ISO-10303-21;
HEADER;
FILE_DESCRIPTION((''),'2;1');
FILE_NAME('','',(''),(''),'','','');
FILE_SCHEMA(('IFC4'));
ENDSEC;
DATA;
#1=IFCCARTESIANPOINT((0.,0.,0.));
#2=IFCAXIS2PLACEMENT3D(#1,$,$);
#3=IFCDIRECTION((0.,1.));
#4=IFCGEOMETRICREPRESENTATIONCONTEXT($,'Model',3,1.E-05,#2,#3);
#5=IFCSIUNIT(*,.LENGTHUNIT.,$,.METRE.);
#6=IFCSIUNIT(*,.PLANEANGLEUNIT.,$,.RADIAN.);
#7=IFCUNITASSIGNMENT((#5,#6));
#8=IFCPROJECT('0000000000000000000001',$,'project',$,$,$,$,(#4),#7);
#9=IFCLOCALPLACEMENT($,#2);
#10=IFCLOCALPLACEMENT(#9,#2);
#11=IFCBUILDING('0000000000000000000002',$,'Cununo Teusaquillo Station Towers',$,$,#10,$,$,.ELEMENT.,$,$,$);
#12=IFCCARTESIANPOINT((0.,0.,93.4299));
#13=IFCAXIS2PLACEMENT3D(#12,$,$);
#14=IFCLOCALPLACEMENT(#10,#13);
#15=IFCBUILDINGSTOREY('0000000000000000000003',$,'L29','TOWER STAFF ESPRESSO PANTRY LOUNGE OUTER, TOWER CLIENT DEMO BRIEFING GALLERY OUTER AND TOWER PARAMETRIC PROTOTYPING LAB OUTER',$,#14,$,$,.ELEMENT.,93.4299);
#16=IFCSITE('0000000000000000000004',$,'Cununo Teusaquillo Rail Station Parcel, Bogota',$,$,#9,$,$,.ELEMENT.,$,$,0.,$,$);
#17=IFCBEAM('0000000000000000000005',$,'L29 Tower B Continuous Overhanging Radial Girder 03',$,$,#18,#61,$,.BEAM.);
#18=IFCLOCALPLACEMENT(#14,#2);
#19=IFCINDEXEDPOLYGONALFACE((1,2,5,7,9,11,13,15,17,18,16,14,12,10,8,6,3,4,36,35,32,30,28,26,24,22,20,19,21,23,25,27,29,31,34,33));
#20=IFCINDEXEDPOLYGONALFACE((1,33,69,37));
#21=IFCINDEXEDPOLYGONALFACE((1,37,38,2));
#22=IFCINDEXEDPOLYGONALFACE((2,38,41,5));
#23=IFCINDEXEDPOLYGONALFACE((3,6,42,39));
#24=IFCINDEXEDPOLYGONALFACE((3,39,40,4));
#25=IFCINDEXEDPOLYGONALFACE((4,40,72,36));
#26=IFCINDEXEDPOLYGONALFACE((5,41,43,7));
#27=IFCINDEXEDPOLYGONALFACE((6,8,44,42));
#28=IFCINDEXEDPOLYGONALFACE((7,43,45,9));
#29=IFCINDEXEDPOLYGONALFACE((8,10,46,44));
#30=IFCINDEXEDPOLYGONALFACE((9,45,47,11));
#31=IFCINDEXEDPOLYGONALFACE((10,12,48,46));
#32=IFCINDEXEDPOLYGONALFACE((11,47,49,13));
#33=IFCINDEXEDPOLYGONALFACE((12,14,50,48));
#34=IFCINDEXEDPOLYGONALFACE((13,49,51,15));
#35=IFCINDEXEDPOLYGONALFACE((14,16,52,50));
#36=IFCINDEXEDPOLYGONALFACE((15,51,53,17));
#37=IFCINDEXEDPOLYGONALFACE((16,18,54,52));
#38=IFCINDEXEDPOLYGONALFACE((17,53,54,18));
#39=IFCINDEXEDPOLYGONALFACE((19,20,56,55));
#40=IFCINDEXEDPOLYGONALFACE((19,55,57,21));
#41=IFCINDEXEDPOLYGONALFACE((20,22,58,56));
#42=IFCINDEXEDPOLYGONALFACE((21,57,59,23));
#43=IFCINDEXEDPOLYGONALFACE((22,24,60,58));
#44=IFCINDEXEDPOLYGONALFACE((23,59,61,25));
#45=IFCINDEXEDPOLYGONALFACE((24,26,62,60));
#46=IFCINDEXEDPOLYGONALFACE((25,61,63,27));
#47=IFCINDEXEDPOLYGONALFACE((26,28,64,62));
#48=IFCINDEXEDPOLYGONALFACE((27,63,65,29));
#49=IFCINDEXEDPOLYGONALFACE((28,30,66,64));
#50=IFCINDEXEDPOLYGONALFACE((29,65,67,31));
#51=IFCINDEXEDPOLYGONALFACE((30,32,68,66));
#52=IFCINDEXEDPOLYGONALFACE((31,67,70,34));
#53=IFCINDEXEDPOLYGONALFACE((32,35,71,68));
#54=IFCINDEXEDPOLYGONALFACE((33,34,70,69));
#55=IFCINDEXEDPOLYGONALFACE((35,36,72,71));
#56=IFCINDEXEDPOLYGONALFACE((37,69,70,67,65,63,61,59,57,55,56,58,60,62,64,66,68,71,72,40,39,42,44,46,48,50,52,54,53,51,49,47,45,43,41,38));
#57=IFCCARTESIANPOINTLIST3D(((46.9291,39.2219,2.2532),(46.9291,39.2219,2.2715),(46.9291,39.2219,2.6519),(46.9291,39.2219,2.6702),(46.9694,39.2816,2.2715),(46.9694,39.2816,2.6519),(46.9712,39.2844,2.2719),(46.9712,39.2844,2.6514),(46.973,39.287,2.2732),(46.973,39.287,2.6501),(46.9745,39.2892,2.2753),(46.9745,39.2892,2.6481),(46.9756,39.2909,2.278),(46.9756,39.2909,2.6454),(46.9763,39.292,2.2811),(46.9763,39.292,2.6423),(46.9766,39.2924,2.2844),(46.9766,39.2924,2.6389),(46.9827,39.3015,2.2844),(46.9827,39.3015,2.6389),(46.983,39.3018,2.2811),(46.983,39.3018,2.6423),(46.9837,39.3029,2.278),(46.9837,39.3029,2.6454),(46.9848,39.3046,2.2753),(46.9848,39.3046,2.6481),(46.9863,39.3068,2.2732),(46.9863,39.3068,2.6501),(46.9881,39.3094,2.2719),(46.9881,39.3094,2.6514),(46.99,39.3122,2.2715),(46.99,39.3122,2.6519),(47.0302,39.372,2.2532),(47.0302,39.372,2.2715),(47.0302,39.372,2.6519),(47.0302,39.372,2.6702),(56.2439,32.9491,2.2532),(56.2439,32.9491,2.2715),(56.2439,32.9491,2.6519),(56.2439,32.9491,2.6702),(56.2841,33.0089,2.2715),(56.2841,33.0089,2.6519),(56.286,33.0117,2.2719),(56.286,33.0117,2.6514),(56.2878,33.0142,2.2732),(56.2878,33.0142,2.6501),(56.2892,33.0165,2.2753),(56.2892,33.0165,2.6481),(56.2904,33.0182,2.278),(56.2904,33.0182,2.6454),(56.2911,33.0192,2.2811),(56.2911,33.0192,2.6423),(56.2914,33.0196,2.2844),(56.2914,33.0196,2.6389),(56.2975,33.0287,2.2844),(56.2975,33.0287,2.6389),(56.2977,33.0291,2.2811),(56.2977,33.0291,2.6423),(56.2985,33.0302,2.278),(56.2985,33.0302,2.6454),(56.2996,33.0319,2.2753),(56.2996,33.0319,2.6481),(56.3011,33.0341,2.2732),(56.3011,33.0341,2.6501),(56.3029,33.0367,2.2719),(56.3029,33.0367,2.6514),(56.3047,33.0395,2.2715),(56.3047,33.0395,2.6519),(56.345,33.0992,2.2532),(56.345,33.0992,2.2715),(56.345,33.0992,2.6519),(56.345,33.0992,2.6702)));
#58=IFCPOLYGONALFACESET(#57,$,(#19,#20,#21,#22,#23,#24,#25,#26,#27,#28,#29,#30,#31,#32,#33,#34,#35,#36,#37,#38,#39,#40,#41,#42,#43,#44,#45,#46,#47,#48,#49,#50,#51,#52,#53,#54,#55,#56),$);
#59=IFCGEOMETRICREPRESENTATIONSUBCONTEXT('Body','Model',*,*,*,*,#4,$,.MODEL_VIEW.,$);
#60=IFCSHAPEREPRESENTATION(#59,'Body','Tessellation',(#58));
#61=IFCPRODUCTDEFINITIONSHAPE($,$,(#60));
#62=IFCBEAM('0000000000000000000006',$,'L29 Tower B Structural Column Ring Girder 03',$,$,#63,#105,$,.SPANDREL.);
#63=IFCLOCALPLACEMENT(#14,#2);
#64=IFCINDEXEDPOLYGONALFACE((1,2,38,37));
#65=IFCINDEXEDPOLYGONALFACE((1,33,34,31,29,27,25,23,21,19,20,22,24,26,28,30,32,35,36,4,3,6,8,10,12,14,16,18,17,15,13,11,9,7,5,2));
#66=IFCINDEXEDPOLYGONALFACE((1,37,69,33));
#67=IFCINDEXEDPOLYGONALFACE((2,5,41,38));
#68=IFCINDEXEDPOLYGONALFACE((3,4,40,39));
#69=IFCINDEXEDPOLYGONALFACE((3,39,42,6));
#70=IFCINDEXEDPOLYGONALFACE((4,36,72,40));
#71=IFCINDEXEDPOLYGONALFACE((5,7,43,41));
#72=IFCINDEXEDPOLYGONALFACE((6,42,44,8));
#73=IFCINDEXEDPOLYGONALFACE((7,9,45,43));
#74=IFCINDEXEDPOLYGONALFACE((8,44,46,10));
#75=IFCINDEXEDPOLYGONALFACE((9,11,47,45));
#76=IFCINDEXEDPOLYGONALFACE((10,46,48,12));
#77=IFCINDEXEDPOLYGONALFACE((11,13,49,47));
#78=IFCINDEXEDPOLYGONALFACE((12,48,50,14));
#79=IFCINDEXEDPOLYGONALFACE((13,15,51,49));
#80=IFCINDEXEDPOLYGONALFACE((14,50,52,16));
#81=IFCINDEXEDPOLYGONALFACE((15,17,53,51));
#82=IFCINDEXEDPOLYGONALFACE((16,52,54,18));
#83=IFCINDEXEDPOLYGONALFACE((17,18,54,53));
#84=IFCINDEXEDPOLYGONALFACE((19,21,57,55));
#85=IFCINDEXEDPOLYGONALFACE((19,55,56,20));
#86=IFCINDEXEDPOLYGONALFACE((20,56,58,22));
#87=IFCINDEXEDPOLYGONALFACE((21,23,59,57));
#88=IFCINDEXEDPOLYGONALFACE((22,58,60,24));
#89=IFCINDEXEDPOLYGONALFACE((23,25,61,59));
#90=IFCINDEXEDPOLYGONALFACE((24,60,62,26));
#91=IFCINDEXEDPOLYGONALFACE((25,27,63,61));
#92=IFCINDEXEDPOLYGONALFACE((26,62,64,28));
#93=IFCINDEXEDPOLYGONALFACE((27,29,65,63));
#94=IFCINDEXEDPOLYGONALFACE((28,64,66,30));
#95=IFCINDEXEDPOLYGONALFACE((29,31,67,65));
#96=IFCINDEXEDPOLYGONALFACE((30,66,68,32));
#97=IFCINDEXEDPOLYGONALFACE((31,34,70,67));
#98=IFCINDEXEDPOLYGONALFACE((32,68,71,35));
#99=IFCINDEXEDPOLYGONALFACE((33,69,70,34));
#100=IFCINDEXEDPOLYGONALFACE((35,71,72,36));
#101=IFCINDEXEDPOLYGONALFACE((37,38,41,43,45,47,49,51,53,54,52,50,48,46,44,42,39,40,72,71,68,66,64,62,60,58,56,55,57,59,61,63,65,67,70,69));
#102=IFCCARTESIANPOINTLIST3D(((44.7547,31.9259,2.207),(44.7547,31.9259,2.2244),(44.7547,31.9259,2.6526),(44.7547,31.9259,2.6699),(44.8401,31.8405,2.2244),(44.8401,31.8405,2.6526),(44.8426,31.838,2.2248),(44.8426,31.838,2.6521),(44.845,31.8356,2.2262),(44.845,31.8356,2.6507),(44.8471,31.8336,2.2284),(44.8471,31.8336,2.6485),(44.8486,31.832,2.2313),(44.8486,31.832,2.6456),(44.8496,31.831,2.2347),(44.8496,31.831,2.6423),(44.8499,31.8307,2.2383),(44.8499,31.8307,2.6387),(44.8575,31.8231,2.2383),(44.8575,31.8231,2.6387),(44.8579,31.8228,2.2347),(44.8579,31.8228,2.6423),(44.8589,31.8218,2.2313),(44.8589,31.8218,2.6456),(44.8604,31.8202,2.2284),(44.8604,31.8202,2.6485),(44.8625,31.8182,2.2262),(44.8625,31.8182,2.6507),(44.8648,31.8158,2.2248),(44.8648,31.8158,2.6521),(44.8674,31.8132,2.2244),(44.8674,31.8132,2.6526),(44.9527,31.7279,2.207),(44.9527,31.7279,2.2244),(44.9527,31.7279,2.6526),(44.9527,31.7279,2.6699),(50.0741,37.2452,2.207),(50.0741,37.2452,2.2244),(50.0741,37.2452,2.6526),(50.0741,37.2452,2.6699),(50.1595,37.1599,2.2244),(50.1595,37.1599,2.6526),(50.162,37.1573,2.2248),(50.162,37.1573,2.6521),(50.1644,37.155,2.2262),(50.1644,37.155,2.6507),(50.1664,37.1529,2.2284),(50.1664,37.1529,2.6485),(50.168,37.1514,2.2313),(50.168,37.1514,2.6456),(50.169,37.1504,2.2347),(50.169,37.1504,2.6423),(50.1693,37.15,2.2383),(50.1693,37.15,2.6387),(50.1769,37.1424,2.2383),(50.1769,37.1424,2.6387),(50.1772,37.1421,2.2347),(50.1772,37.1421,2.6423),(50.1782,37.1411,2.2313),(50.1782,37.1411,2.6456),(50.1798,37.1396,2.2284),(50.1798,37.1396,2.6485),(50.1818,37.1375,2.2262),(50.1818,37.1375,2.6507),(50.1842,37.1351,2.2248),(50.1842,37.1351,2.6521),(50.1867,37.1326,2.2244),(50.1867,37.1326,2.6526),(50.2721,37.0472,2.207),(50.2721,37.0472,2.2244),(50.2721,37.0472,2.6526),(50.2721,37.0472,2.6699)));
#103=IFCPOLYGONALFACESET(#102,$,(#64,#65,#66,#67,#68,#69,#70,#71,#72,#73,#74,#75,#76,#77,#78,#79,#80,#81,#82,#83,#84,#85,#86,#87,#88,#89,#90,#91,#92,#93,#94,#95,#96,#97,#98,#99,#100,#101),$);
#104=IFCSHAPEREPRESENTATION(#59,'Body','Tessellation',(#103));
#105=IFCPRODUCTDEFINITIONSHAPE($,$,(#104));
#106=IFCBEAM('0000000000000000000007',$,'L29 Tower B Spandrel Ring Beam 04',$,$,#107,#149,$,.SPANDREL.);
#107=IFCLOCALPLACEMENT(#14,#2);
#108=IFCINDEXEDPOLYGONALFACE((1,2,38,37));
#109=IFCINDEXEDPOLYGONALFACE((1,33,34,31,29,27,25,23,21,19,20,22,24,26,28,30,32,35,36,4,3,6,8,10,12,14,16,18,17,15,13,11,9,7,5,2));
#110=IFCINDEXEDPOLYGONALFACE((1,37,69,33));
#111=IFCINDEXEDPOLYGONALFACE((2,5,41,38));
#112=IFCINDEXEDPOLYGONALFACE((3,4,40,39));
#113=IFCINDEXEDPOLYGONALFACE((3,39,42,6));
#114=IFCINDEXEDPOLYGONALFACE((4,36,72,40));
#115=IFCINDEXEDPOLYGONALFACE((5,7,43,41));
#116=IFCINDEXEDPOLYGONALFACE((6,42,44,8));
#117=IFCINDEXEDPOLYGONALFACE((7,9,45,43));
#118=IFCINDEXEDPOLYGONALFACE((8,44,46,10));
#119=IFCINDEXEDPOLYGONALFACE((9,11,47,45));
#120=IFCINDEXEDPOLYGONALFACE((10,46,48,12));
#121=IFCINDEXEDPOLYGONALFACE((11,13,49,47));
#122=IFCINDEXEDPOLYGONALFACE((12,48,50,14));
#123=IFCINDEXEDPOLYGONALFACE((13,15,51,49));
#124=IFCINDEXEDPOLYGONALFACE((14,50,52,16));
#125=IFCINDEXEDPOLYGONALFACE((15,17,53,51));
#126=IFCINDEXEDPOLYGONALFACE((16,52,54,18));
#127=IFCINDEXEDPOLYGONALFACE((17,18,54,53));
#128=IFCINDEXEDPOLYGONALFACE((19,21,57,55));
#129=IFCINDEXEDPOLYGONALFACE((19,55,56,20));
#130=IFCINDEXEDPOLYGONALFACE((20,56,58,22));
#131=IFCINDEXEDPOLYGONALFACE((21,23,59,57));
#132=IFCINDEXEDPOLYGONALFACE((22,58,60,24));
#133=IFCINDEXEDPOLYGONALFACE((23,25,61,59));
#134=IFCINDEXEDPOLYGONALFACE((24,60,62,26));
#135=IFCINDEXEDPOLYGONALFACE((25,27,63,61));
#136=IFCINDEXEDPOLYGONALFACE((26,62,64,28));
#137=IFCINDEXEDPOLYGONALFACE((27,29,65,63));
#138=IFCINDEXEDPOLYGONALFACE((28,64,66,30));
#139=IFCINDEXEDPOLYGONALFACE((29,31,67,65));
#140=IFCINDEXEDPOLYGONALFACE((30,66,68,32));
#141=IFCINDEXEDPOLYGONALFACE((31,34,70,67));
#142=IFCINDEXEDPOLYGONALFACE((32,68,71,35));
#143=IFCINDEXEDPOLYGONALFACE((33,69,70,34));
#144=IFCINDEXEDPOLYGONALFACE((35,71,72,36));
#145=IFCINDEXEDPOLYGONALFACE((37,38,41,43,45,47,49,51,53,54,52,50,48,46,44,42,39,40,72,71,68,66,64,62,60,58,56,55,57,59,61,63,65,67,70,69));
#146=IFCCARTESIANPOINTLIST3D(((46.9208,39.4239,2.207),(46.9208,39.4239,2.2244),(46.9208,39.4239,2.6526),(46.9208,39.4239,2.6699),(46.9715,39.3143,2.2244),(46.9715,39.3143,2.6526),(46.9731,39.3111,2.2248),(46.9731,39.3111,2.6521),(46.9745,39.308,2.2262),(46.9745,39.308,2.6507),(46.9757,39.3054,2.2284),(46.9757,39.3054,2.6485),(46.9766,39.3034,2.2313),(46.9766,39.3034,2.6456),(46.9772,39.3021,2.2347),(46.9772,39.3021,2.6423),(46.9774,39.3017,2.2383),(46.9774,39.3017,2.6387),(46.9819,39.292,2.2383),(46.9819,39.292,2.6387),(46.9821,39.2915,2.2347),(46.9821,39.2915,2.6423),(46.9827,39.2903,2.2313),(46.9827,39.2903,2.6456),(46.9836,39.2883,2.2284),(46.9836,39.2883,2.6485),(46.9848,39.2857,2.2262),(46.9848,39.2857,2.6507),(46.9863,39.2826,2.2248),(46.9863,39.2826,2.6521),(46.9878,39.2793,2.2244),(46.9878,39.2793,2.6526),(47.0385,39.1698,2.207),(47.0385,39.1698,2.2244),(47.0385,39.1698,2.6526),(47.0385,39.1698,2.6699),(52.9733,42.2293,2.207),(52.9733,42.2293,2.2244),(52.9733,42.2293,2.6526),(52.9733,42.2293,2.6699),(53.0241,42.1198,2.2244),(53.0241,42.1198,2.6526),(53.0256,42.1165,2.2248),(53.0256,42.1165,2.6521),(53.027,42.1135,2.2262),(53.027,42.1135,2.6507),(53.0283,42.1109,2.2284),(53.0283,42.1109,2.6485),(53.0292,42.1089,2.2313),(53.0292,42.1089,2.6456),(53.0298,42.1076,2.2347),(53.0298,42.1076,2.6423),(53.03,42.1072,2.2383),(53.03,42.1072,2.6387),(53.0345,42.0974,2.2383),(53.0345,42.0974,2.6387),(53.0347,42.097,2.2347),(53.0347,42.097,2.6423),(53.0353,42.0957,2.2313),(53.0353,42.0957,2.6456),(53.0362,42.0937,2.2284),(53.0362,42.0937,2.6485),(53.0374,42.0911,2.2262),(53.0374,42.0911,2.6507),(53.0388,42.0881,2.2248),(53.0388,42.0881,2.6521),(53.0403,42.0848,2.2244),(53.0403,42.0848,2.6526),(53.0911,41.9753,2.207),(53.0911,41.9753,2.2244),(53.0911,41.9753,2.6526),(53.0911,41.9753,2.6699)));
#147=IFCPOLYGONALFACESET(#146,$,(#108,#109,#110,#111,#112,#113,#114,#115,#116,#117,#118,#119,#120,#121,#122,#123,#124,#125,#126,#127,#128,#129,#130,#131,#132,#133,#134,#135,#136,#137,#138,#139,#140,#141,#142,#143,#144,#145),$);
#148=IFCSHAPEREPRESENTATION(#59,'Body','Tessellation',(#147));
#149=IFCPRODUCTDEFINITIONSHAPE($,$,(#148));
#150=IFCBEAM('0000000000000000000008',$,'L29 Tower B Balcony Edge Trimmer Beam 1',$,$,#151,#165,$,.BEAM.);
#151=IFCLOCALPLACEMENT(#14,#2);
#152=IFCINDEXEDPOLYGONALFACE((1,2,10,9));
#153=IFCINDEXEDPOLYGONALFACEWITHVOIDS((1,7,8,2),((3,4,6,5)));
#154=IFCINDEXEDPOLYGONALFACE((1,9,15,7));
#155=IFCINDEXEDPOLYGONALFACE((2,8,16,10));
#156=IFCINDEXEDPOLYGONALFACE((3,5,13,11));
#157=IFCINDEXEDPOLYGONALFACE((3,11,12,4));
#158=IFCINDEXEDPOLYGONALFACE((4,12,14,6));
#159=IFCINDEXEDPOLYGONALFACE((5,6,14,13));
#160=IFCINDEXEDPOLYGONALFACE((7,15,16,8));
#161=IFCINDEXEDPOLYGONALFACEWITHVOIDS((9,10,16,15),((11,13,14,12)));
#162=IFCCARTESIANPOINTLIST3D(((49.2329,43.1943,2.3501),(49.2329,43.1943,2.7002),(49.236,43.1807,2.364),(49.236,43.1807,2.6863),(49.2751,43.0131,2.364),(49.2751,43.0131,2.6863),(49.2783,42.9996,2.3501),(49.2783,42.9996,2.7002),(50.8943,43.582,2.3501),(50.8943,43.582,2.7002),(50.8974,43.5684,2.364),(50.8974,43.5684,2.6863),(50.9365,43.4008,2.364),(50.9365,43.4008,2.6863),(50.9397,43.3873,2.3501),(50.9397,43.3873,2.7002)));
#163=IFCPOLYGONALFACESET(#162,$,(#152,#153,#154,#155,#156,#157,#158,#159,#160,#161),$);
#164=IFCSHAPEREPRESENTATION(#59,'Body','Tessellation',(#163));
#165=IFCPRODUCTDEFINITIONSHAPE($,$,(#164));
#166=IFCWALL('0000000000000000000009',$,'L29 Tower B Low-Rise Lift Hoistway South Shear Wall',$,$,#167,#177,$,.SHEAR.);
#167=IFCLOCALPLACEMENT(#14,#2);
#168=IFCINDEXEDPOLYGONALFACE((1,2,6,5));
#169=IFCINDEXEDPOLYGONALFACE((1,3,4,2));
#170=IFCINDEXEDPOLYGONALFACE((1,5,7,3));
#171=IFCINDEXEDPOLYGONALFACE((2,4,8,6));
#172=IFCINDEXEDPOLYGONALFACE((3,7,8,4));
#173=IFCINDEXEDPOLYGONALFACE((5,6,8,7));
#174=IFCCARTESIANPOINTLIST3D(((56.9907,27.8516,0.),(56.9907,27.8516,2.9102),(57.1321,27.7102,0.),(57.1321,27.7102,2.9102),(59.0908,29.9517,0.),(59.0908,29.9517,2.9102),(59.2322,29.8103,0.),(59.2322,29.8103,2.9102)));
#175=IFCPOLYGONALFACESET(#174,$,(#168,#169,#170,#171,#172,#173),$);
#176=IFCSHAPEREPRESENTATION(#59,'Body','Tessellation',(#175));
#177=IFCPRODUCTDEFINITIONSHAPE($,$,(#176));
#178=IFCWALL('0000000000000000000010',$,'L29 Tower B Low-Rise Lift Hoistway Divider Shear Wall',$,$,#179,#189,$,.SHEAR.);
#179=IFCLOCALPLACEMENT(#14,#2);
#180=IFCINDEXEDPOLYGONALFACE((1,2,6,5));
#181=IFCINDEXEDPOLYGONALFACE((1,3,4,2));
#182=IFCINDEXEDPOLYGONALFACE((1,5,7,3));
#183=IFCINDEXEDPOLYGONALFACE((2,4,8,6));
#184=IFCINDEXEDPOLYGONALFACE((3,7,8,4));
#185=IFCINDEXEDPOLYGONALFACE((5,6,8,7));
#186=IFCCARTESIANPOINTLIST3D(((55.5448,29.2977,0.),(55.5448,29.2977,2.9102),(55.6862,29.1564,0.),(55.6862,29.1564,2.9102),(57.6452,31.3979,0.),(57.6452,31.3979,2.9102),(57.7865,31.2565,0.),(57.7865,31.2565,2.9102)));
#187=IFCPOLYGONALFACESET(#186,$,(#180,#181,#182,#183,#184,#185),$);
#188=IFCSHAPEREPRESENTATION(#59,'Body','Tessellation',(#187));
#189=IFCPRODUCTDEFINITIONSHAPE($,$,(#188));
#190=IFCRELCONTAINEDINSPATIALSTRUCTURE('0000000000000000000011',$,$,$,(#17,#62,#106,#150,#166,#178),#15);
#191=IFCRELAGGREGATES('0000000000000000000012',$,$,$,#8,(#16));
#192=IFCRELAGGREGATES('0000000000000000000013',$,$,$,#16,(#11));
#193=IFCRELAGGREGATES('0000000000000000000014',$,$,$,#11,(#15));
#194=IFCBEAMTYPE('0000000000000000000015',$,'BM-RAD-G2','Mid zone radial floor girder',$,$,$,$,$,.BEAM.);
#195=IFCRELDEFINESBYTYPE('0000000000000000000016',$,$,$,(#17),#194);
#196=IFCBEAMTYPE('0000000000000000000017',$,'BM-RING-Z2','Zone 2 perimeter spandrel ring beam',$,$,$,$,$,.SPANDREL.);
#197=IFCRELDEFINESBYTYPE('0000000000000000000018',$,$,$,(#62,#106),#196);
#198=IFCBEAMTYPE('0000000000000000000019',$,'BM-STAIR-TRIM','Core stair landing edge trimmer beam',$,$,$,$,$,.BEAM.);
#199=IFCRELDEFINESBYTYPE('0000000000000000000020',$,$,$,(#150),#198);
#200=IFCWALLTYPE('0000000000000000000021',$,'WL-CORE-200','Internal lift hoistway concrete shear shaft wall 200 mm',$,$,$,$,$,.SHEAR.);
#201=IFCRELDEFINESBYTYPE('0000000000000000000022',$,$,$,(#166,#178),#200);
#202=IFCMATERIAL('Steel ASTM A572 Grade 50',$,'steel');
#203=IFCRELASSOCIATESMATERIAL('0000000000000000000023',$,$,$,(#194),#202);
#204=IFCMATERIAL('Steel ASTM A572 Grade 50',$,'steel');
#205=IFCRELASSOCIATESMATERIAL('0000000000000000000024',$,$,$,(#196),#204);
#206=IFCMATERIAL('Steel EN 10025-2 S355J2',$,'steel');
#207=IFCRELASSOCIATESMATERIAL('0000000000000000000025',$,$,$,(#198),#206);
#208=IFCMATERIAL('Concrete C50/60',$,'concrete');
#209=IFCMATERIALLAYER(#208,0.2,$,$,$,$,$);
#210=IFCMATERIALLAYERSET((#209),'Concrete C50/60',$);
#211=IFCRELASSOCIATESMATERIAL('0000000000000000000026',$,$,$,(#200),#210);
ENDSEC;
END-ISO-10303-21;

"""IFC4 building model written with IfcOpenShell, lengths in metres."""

from ifc_helpers import new_model, si_unit, direction, frame, frame_2d, origin, origin_2d, place, context, subcontext, project, spatial, rectangle, hollow_rectangle, i_section, extrude, material, layer, layer_set, material_profile, profile_set, type_object, element, save


model = new_model("IFC4")

# Units and contexts
model_context = context("Model", 3, precision=1e-05, world=origin(), true_north=direction((0.0, 1.0)))
body_context = subcontext(model_context, "Body", "Model", "MODEL_VIEW")
ifc_project = project(units=[si_unit("LENGTHUNIT", "METRE"), si_unit("PLANEANGLEUNIT", "RADIAN")], contexts=[model_context])

# Site, building, storey
site_placement = place(None, origin())
site = spatial("IfcSite", under=ifc_project, at=site_placement, Name="Cununo Teusaquillo Rail Station Parcel, Bogota", CompositionType="ELEMENT", RefElevation=0.0)
building_placement = place(site_placement, origin())
building = spatial("IfcBuilding", under=site, at=building_placement, Name="Cununo Teusaquillo Station Towers", CompositionType="ELEMENT")
storey_placement = place(building_placement, frame((0.0, 0.0, 93.4299)))
storey = spatial("IfcBuildingStorey", under=building, at=storey_placement, Name="L29", Description="TOWER STAFF ESPRESSO PANTRY LOUNGE OUTER, TOWER CLIENT DEMO BRIEFING GALLERY OUTER AND TOWER PARAMETRIC PROTOTYPING LAB OUTER", CompositionType="ELEMENT", Elevation=93.4299)

# Beams
ifc_material_1 = material(Name="Steel ASTM A572 Grade 50", Category="steel")
ifc_material_profile_1 = material_profile(ifc_material_1, i_section(OverallWidth=0.1809, OverallDepth=0.417, WebThickness=0.011, FlangeThickness=0.0183, FilletRadius=0.0129, at=origin_2d()), Name="W16X57")
ifc_profile_set_1 = profile_set([ifc_material_profile_1], Name="Steel ASTM A572 Grade 50")
beam_type_1 = type_object("IfcBeamType", Name="BM-RAD-G2", Description="Mid zone radial floor girder", PredefinedType="BEAM", material=ifc_profile_set_1)
beam_1_placement = place(storey_placement, frame((56.2944, 33.0242, 2.4617), z_axis=(-0.829456, 0.558572, 0.0), x_axis=(-0.558572, -0.829456, 0.0)))
element("IfcBeam", 1, at=beam_1_placement, inside=storey, type_object=beam_type_1, Name="L29 Tower B Continuous Overhanging Radial Girder 03", PredefinedType="BEAM", context=body_context, shape_type="SweptSolid", body=[
    extrude(i_section(OverallWidth=0.1809, OverallDepth=0.417, WebThickness=0.011, FlangeThickness=0.0183, FilletRadius=0.0129, at=origin_2d()), origin(), (0.0, 0.0, 1.0), 11.23),
])
ifc_material_2 = material(Name="Steel ASTM A572 Grade 50", Category="steel")
ifc_material_profile_2 = material_profile(ifc_material_2, i_section(OverallWidth=0.28, OverallDepth=0.4629, WebThickness=0.0107, FlangeThickness=0.0173, FilletRadius=0.0139, at=origin_2d()), Name="W18X76")
ifc_profile_set_2 = profile_set([ifc_material_profile_2], Name="Steel ASTM A572 Grade 50")
beam_type_2 = type_object("IfcBeamType", Name="BM-RING-Z2", Description="Zone 2 perimeter spandrel ring beam", PredefinedType="SPANDREL", material=ifc_profile_set_2)
beam_2_placement = place(storey_placement, frame((50.1731, 37.1462, 2.4385), z_axis=(-0.707107, -0.707107, 0.0), x_axis=(0.707107, -0.707107, 0.0)))
element("IfcBeam", 2, at=beam_2_placement, inside=storey, type_object=beam_type_2, Name="L29 Tower B Structural Column Ring Girder 03", PredefinedType="SPANDREL", context=body_context, shape_type="SweptSolid", body=[
    extrude(i_section(OverallWidth=0.28, OverallDepth=0.4629, WebThickness=0.0107, FlangeThickness=0.0173, FilletRadius=0.0139, at=origin_2d()), origin(), (0.0, 0.0, 1.0), 7.5227),
])
beam_3_placement = place(storey_placement, frame((53.0322, 42.1023, 2.4385), z_axis=(-0.907276, -0.420536, 0.0), x_axis=(0.420536, -0.907276, 0.0)))
element("IfcBeam", 3, at=beam_3_placement, inside=storey, type_object=beam_type_2, Name="L29 Tower B Spandrel Ring Beam 04", PredefinedType="SPANDREL", context=body_context, shape_type="SweptSolid", body=[
    extrude(i_section(OverallWidth=0.28, OverallDepth=0.4629, WebThickness=0.0107, FlangeThickness=0.0173, FilletRadius=0.0139, at=origin_2d()), origin(), (0.0, 0.0, 1.0), 6.6711),
])
ifc_material_3 = material(Name="Steel EN 10025-2 S355J2", Category="steel")
ifc_material_profile_3 = material_profile(ifc_material_3, hollow_rectangle(XDim=0.2, YDim=0.3501, WallThickness=0.0139, at=origin_2d()), Name="RHS 350x200x14")
ifc_profile_set_3 = profile_set([ifc_material_profile_3], Name="Steel EN 10025-2 S355J2")
beam_type_3 = type_object("IfcBeamType", Name="BM-STAIR-TRIM", Description="Core stair landing edge trimmer beam", PredefinedType="BEAM", material=ifc_profile_set_3)
beam_4_placement = place(storey_placement, frame((50.917, 43.4846, 2.5251), z_axis=(-0.973836, -0.227252, 0.0), x_axis=(0.227252, -0.973836, 0.0)))
element("IfcBeam", 4, at=beam_4_placement, inside=storey, type_object=beam_type_3, Name="L29 Tower B Balcony Edge Trimmer Beam 1", PredefinedType="BEAM", context=body_context, shape_type="SweptSolid", body=[
    extrude(hollow_rectangle(XDim=0.2, YDim=0.3501, WallThickness=0.0139, at=origin_2d()), origin(), (0.0, 0.0, 1.0), 1.7061),
])

# Walls
ifc_material_4 = material(Name="Concrete C50/60", Category="concrete")
ifc_layer_1 = layer(ifc_material_4, 0.2)
ifc_layer_set_1 = layer_set([ifc_layer_1], Name="Concrete C50/60")
wall_type_1 = type_object("IfcWallType", Name="WL-CORE-200", Description="Internal lift hoistway concrete shear shaft wall 200 mm", PredefinedType="SHEAR", material=ifc_layer_set_1)
wall_1_placement = place(storey_placement, frame((57.0615, 27.781, 0.0), z_axis=(0.0, 0.0, 1.0), x_axis=(0.707107, 0.707107, 0.0)))
element("IfcWall", 5, at=wall_1_placement, inside=storey, type_object=wall_type_1, Name="L29 Tower B Low-Rise Lift Hoistway South Shear Wall", PredefinedType="SHEAR", context=body_context, shape_type="SweptSolid", body=[
    extrude(rectangle(XDim=2.97, YDim=0.2, at=frame_2d((1.4849, 0.0))), origin(), (0.0, 0.0, 1.0), 2.9102),
])
wall_2_placement = place(storey_placement, frame((55.6155, 29.2271, 0.0), z_axis=(0.0, 0.0, 1.0), x_axis=(0.707148, 0.707066, 0.0)))
element("IfcWall", 6, at=wall_2_placement, inside=storey, type_object=wall_type_1, Name="L29 Tower B Low-Rise Lift Hoistway Divider Shear Wall", PredefinedType="SHEAR", context=body_context, shape_type="SweptSolid", body=[
    extrude(rectangle(XDim=2.9702, YDim=0.2, at=frame_2d((1.4851, 0.0))), origin(), (0.0, 0.0, 1.0), 2.9102),
])

save(model, "model.ifc")
